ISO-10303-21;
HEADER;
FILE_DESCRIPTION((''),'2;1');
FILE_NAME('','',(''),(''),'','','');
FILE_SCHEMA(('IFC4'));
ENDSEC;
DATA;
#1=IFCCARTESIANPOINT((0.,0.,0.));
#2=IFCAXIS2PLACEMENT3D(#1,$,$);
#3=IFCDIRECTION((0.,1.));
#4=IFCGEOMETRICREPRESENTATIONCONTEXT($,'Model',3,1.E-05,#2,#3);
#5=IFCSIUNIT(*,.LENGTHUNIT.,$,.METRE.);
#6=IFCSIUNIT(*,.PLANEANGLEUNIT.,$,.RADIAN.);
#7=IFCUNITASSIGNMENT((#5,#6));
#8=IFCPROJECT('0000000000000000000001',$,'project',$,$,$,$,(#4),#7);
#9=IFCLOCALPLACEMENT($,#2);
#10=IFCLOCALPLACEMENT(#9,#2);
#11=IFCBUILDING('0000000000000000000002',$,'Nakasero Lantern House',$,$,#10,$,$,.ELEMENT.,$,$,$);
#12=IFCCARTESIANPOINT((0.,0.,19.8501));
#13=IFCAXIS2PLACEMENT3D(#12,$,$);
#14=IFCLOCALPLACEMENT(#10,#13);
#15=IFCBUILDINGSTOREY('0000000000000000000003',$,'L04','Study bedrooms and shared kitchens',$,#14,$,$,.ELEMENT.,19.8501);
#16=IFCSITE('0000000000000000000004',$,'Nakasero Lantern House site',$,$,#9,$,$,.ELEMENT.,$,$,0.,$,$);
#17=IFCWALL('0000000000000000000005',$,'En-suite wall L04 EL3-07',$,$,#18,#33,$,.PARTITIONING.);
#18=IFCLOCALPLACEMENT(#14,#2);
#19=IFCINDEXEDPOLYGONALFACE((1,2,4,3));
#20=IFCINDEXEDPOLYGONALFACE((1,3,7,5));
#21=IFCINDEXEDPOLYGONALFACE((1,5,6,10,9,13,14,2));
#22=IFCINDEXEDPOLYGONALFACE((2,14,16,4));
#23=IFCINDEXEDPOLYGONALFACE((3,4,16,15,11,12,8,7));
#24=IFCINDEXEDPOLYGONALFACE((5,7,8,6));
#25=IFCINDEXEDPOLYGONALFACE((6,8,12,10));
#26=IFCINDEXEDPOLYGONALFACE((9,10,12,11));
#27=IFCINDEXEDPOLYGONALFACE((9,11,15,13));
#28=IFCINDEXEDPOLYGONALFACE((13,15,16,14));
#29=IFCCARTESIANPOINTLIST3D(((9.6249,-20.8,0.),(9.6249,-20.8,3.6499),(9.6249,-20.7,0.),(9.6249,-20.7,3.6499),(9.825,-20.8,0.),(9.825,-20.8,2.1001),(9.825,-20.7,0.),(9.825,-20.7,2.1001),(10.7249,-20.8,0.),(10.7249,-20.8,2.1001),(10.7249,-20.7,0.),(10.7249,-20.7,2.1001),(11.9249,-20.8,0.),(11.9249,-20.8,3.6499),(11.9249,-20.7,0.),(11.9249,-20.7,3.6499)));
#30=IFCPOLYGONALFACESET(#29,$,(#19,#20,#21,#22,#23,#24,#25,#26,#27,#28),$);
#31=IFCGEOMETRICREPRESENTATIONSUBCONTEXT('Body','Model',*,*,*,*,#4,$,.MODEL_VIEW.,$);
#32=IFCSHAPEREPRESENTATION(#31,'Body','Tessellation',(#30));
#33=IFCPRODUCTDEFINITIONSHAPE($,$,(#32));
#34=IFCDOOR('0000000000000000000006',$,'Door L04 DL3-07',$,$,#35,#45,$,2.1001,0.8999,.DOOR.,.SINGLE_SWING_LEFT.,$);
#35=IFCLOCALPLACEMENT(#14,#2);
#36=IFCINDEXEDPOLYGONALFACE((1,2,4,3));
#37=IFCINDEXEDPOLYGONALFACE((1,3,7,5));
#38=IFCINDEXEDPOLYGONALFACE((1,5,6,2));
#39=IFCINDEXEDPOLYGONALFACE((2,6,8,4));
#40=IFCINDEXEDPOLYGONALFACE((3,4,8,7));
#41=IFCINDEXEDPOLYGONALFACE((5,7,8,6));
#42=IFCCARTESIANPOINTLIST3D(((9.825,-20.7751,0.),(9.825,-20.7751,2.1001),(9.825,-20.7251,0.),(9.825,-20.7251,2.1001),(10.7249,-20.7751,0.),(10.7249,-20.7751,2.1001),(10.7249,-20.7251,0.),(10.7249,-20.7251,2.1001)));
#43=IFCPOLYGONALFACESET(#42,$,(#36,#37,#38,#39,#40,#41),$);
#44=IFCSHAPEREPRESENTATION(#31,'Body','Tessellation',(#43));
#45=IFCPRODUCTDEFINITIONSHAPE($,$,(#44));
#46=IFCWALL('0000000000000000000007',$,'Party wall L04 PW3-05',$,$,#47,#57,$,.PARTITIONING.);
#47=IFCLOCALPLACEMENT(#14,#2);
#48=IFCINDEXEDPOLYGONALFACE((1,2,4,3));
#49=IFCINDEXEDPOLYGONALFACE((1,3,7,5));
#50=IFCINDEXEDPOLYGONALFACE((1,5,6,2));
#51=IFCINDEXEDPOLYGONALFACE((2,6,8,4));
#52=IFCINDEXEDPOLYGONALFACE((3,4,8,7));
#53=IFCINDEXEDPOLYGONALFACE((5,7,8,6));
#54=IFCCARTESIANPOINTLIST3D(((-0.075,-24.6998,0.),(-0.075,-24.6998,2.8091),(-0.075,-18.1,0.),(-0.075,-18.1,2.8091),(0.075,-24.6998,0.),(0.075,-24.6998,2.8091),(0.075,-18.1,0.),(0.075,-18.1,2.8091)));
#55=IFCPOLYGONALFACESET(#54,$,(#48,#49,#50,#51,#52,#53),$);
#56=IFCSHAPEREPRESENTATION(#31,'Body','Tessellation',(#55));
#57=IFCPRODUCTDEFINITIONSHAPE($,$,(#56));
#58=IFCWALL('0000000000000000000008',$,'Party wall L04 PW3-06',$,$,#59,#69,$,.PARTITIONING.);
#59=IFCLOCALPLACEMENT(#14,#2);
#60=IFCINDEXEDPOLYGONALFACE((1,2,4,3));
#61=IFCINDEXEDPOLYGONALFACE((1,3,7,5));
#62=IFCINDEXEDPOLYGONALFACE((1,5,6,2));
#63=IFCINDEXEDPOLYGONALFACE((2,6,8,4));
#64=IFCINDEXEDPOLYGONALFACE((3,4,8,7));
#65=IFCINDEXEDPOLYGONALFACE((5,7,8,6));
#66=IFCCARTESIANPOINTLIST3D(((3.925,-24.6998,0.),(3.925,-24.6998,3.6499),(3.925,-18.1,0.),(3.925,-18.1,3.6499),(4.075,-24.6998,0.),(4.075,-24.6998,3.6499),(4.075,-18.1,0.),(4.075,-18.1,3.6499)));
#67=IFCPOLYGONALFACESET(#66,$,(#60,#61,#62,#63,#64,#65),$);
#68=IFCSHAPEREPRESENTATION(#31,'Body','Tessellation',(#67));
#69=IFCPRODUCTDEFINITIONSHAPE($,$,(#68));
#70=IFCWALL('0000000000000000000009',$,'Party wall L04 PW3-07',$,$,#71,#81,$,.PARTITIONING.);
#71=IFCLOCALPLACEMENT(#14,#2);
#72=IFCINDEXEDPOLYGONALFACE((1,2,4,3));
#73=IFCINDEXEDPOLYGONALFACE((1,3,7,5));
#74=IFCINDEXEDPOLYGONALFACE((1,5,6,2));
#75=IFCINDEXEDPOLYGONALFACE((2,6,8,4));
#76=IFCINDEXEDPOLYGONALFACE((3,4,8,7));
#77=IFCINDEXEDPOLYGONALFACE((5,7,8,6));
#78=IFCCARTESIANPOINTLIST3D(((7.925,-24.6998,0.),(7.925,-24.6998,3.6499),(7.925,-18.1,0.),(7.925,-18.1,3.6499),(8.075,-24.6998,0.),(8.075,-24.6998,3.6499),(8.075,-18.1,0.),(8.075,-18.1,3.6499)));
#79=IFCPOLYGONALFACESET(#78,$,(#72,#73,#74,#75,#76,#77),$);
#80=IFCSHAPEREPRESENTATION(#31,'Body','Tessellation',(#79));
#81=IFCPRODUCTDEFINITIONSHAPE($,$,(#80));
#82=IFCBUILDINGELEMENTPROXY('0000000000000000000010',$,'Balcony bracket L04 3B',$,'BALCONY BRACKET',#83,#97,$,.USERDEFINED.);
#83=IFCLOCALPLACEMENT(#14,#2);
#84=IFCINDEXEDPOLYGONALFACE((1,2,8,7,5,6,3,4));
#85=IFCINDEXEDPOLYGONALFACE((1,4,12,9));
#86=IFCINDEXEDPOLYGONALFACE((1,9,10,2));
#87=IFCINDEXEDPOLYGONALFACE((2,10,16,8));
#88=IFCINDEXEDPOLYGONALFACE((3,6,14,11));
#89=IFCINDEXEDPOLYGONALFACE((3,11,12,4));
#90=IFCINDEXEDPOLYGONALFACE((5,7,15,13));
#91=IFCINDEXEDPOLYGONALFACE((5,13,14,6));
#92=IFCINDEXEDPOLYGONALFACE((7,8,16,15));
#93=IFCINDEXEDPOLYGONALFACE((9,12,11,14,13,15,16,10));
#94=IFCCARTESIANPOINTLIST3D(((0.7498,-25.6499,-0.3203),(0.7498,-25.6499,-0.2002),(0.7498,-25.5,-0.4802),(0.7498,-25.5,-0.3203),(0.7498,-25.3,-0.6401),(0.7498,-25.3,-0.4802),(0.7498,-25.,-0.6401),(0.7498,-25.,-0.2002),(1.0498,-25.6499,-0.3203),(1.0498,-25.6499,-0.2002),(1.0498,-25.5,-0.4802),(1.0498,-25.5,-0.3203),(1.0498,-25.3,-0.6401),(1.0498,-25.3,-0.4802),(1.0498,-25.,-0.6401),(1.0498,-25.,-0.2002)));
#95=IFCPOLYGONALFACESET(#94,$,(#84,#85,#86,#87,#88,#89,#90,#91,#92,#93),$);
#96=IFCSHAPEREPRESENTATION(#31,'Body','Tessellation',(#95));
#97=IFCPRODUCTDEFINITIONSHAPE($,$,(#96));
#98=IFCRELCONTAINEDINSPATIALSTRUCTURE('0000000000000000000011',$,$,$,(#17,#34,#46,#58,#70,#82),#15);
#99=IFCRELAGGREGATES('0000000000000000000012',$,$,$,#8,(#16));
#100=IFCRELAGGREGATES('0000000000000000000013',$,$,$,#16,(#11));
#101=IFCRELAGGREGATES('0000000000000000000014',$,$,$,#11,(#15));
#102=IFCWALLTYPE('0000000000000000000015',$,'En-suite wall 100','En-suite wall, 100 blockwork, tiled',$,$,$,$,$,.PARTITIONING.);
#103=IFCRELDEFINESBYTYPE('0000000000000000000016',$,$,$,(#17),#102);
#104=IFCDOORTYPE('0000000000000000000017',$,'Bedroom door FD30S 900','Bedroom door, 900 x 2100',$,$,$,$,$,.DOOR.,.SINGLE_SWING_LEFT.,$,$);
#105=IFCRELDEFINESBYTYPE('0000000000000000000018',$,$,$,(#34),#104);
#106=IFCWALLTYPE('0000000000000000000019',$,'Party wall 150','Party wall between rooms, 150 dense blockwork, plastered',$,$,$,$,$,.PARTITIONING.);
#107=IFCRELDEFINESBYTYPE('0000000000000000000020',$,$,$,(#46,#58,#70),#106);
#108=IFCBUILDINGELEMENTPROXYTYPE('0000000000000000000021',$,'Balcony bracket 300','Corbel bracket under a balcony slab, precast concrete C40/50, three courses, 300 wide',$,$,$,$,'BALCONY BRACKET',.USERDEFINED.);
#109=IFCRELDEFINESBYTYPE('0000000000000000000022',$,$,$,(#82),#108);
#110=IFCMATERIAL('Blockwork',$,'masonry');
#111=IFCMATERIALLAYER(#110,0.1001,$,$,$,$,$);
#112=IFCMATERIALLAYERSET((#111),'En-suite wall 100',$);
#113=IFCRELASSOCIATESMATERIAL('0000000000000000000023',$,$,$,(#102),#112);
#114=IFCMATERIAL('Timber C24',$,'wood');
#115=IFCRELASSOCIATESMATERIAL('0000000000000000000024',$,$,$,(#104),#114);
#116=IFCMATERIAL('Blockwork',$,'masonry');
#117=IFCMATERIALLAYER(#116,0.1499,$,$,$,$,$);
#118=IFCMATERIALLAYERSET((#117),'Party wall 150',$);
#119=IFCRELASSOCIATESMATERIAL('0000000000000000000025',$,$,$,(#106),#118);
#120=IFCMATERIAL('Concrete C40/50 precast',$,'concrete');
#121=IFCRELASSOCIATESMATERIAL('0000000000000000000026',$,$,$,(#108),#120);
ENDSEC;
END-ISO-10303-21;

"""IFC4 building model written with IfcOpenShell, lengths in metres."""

from ifc_helpers import new_model, si_unit, direction, frame, frame_2d, origin, place, context, subcontext, project, spatial, polyline, rectangle, outline, extrude, material, layer, layer_set, type_object, element, fill, save


model = new_model("IFC4")

# Units and contexts
model_context = context("Model", 3, precision=1e-05, world=origin(), true_north=direction((0.0, 1.0)))
body_context = subcontext(model_context, "Body", "Model", "MODEL_VIEW")
ifc_project = project(units=[si_unit("LENGTHUNIT", "METRE"), si_unit("PLANEANGLEUNIT", "RADIAN")], contexts=[model_context])

# Site, building, storey
site_placement = place(None, origin())
site = spatial("IfcSite", under=ifc_project, at=site_placement, Name="Nakasero Lantern House site", CompositionType="ELEMENT", RefElevation=0.0)
building_placement = place(site_placement, origin())
building = spatial("IfcBuilding", under=site, at=building_placement, Name="Nakasero Lantern House", CompositionType="ELEMENT")
storey_placement = place(building_placement, frame((0.0, 0.0, 19.8501)))
storey = spatial("IfcBuildingStorey", under=building, at=storey_placement, Name="L04", Description="Study bedrooms and shared kitchens", CompositionType="ELEMENT", Elevation=19.8501)

# Shared definitions
ifc_material_1 = material(Name="Blockwork", Category="masonry")
ifc_layer_1 = layer(ifc_material_1, 0.1001)
ifc_layer_set_1 = layer_set([ifc_layer_1], Name="En-suite wall 100")
wall_type_1 = type_object("IfcWallType", Name="En-suite wall 100", Description="En-suite wall, 100 blockwork, tiled", PredefinedType="PARTITIONING", material=ifc_layer_set_1)

# Wall, opening, door
ifc_material_2 = material(Name="Timber C24", Category="wood")
door_type_1 = type_object("IfcDoorType", Name="Bedroom door FD30S 900", Description="Bedroom door, 900 x 2100", OperationType="SINGLE_SWING_LEFT", PredefinedType="DOOR", material=ifc_material_2)
wall_1_placement = place(storey_placement, frame((9.625, -20.75, 0.0), z_axis=(0.0, 0.0, 1.0), x_axis=(1.0, 0.0, 0.0)))
wall_1 = element("IfcWall", 1, at=wall_1_placement, inside=storey, type_object=wall_type_1, Name="En-suite wall L04 EL3-07", PredefinedType="PARTITIONING", context=body_context, shape_type="SweptSolid", body=[
    extrude(rectangle(XDim=2.3, YDim=0.1001, at=frame_2d((1.1499, 0.0))), origin(), (0.0, 0.0, 1.0), 3.6499),
])
opening_1_placement = place(wall_1_placement, frame((0.2, 0.0, 0.0)))
opening_1 = element("IfcOpeningElement", 2, at=opening_1_placement, cuts=wall_1, PredefinedType="OPENING", context=body_context, shape_type="SweptSolid", body=[
    extrude(rectangle(XDim=0.8999, YDim=2.1001, at=frame_2d((0.45, 1.05))), frame((0.0, 0.0701, 0.0), z_axis=(0.0, -1.0, 0.0), x_axis=(1.0, 0.0, 0.0)), (0.0, 0.0, 1.0), 0.1401),
])
door_1_placement = place(opening_1_placement, origin())
door_1 = element("IfcDoor", 3, at=door_1_placement, inside=storey, type_object=door_type_1, Name="Door L04 DL3-07", OperationType="SINGLE_SWING_LEFT", OverallHeight=2.1001, OverallWidth=0.8999, PredefinedType="DOOR", context=body_context, shape_type="SweptSolid", body=[
    extrude(rectangle(XDim=0.8999, YDim=2.1001, at=frame_2d((0.45, 1.05))), frame((0.0, 0.0249, 0.0), z_axis=(0.0, -1.0, 0.0), x_axis=(1.0, 0.0, 0.0)), (0.0, 0.0, 1.0), 0.05),
])
fill(opening_1, door_1)

# Walls
ifc_material_3 = material(Name="Blockwork", Category="masonry")
ifc_layer_2 = layer(ifc_material_3, 0.1499)
ifc_layer_set_2 = layer_set([ifc_layer_2], Name="Party wall 150")
wall_type_2 = type_object("IfcWallType", Name="Party wall 150", Description="Party wall between rooms, 150 dense blockwork, plastered", PredefinedType="PARTITIONING", material=ifc_layer_set_2)
wall_2_placement = place(storey_placement, frame((0.0, -18.1001, 0.0), z_axis=(0.0, 0.0, 1.0), x_axis=(0.0, -1.0, 0.0)))
element("IfcWall", 4, at=wall_2_placement, inside=storey, type_object=wall_type_2, Name="Party wall L04 PW3-05", PredefinedType="PARTITIONING", context=body_context, shape_type="SweptSolid", body=[
    extrude(rectangle(XDim=6.5999, YDim=0.1499, at=frame_2d((3.2998, 0.0))), origin(), (0.0, 0.0, 1.0), 2.8091),
])
for number, where, z_axis, x_axis, name in (
    (5, (4.0, -18.1001, 0.0), (0.0, 0.0, 1.0), (0.0, -1.0, 0.0), "Party wall L04 PW3-06"),
    (6, (8.0, -18.1001, 0.0), (0.0, 0.0, 1.0), (0.0, -1.0, 0.0), "Party wall L04 PW3-07"),
):
    element("IfcWall", number, at=place(storey_placement, frame(where, z_axis=z_axis, x_axis=x_axis)), inside=storey, type_object=wall_type_2, Name=name, PredefinedType="PARTITIONING", context=body_context, shape_type="SweptSolid", body=[
        extrude(rectangle(XDim=6.5999, YDim=0.1499, at=frame_2d((3.2998, 0.0))), origin(), (0.0, 0.0, 1.0), 3.6499),
    ])

# Building element proxy
ifc_material_4 = material(Name="Concrete C40/50 precast", Category="concrete")
building_element_proxy_type = type_object("IfcBuildingElementProxyType", Name="Balcony bracket 300", Description="Corbel bracket under a balcony slab, precast concrete C40/50, three courses, 300 wide", ElementType="BALCONY BRACKET", PredefinedType="USERDEFINED", material=ifc_material_4)
proxy_placement = place(storey_placement, frame((0.8999, -25.0, -0.2002), z_axis=(0.0, 0.0, 1.0), x_axis=(0.0, -1.0, 0.0)))
element("IfcBuildingElementProxy", 7, at=proxy_placement, inside=storey, type_object=building_element_proxy_type, Name="Balcony bracket L04 3B", ObjectType="BALCONY BRACKET", PredefinedType="USERDEFINED", context=body_context, shape_type="SweptSolid", body=[
    extrude(outline(polyline([(0.0, 0.0), (0.6499, 0.0), (0.6499, -0.1201), (0.5, -0.1201), (0.5, -0.28), (0.3, -0.28), (0.3, -0.4399), (0.0, -0.4399), (0.0, 0.0)])), frame((0.0, 0.1499, 0.0), z_axis=(0.0, -1.0, 0.0), x_axis=(1.0, 0.0, 0.0)), (0.0, 0.0, 1.0), 0.3),
])

save(model, "model.ifc")
